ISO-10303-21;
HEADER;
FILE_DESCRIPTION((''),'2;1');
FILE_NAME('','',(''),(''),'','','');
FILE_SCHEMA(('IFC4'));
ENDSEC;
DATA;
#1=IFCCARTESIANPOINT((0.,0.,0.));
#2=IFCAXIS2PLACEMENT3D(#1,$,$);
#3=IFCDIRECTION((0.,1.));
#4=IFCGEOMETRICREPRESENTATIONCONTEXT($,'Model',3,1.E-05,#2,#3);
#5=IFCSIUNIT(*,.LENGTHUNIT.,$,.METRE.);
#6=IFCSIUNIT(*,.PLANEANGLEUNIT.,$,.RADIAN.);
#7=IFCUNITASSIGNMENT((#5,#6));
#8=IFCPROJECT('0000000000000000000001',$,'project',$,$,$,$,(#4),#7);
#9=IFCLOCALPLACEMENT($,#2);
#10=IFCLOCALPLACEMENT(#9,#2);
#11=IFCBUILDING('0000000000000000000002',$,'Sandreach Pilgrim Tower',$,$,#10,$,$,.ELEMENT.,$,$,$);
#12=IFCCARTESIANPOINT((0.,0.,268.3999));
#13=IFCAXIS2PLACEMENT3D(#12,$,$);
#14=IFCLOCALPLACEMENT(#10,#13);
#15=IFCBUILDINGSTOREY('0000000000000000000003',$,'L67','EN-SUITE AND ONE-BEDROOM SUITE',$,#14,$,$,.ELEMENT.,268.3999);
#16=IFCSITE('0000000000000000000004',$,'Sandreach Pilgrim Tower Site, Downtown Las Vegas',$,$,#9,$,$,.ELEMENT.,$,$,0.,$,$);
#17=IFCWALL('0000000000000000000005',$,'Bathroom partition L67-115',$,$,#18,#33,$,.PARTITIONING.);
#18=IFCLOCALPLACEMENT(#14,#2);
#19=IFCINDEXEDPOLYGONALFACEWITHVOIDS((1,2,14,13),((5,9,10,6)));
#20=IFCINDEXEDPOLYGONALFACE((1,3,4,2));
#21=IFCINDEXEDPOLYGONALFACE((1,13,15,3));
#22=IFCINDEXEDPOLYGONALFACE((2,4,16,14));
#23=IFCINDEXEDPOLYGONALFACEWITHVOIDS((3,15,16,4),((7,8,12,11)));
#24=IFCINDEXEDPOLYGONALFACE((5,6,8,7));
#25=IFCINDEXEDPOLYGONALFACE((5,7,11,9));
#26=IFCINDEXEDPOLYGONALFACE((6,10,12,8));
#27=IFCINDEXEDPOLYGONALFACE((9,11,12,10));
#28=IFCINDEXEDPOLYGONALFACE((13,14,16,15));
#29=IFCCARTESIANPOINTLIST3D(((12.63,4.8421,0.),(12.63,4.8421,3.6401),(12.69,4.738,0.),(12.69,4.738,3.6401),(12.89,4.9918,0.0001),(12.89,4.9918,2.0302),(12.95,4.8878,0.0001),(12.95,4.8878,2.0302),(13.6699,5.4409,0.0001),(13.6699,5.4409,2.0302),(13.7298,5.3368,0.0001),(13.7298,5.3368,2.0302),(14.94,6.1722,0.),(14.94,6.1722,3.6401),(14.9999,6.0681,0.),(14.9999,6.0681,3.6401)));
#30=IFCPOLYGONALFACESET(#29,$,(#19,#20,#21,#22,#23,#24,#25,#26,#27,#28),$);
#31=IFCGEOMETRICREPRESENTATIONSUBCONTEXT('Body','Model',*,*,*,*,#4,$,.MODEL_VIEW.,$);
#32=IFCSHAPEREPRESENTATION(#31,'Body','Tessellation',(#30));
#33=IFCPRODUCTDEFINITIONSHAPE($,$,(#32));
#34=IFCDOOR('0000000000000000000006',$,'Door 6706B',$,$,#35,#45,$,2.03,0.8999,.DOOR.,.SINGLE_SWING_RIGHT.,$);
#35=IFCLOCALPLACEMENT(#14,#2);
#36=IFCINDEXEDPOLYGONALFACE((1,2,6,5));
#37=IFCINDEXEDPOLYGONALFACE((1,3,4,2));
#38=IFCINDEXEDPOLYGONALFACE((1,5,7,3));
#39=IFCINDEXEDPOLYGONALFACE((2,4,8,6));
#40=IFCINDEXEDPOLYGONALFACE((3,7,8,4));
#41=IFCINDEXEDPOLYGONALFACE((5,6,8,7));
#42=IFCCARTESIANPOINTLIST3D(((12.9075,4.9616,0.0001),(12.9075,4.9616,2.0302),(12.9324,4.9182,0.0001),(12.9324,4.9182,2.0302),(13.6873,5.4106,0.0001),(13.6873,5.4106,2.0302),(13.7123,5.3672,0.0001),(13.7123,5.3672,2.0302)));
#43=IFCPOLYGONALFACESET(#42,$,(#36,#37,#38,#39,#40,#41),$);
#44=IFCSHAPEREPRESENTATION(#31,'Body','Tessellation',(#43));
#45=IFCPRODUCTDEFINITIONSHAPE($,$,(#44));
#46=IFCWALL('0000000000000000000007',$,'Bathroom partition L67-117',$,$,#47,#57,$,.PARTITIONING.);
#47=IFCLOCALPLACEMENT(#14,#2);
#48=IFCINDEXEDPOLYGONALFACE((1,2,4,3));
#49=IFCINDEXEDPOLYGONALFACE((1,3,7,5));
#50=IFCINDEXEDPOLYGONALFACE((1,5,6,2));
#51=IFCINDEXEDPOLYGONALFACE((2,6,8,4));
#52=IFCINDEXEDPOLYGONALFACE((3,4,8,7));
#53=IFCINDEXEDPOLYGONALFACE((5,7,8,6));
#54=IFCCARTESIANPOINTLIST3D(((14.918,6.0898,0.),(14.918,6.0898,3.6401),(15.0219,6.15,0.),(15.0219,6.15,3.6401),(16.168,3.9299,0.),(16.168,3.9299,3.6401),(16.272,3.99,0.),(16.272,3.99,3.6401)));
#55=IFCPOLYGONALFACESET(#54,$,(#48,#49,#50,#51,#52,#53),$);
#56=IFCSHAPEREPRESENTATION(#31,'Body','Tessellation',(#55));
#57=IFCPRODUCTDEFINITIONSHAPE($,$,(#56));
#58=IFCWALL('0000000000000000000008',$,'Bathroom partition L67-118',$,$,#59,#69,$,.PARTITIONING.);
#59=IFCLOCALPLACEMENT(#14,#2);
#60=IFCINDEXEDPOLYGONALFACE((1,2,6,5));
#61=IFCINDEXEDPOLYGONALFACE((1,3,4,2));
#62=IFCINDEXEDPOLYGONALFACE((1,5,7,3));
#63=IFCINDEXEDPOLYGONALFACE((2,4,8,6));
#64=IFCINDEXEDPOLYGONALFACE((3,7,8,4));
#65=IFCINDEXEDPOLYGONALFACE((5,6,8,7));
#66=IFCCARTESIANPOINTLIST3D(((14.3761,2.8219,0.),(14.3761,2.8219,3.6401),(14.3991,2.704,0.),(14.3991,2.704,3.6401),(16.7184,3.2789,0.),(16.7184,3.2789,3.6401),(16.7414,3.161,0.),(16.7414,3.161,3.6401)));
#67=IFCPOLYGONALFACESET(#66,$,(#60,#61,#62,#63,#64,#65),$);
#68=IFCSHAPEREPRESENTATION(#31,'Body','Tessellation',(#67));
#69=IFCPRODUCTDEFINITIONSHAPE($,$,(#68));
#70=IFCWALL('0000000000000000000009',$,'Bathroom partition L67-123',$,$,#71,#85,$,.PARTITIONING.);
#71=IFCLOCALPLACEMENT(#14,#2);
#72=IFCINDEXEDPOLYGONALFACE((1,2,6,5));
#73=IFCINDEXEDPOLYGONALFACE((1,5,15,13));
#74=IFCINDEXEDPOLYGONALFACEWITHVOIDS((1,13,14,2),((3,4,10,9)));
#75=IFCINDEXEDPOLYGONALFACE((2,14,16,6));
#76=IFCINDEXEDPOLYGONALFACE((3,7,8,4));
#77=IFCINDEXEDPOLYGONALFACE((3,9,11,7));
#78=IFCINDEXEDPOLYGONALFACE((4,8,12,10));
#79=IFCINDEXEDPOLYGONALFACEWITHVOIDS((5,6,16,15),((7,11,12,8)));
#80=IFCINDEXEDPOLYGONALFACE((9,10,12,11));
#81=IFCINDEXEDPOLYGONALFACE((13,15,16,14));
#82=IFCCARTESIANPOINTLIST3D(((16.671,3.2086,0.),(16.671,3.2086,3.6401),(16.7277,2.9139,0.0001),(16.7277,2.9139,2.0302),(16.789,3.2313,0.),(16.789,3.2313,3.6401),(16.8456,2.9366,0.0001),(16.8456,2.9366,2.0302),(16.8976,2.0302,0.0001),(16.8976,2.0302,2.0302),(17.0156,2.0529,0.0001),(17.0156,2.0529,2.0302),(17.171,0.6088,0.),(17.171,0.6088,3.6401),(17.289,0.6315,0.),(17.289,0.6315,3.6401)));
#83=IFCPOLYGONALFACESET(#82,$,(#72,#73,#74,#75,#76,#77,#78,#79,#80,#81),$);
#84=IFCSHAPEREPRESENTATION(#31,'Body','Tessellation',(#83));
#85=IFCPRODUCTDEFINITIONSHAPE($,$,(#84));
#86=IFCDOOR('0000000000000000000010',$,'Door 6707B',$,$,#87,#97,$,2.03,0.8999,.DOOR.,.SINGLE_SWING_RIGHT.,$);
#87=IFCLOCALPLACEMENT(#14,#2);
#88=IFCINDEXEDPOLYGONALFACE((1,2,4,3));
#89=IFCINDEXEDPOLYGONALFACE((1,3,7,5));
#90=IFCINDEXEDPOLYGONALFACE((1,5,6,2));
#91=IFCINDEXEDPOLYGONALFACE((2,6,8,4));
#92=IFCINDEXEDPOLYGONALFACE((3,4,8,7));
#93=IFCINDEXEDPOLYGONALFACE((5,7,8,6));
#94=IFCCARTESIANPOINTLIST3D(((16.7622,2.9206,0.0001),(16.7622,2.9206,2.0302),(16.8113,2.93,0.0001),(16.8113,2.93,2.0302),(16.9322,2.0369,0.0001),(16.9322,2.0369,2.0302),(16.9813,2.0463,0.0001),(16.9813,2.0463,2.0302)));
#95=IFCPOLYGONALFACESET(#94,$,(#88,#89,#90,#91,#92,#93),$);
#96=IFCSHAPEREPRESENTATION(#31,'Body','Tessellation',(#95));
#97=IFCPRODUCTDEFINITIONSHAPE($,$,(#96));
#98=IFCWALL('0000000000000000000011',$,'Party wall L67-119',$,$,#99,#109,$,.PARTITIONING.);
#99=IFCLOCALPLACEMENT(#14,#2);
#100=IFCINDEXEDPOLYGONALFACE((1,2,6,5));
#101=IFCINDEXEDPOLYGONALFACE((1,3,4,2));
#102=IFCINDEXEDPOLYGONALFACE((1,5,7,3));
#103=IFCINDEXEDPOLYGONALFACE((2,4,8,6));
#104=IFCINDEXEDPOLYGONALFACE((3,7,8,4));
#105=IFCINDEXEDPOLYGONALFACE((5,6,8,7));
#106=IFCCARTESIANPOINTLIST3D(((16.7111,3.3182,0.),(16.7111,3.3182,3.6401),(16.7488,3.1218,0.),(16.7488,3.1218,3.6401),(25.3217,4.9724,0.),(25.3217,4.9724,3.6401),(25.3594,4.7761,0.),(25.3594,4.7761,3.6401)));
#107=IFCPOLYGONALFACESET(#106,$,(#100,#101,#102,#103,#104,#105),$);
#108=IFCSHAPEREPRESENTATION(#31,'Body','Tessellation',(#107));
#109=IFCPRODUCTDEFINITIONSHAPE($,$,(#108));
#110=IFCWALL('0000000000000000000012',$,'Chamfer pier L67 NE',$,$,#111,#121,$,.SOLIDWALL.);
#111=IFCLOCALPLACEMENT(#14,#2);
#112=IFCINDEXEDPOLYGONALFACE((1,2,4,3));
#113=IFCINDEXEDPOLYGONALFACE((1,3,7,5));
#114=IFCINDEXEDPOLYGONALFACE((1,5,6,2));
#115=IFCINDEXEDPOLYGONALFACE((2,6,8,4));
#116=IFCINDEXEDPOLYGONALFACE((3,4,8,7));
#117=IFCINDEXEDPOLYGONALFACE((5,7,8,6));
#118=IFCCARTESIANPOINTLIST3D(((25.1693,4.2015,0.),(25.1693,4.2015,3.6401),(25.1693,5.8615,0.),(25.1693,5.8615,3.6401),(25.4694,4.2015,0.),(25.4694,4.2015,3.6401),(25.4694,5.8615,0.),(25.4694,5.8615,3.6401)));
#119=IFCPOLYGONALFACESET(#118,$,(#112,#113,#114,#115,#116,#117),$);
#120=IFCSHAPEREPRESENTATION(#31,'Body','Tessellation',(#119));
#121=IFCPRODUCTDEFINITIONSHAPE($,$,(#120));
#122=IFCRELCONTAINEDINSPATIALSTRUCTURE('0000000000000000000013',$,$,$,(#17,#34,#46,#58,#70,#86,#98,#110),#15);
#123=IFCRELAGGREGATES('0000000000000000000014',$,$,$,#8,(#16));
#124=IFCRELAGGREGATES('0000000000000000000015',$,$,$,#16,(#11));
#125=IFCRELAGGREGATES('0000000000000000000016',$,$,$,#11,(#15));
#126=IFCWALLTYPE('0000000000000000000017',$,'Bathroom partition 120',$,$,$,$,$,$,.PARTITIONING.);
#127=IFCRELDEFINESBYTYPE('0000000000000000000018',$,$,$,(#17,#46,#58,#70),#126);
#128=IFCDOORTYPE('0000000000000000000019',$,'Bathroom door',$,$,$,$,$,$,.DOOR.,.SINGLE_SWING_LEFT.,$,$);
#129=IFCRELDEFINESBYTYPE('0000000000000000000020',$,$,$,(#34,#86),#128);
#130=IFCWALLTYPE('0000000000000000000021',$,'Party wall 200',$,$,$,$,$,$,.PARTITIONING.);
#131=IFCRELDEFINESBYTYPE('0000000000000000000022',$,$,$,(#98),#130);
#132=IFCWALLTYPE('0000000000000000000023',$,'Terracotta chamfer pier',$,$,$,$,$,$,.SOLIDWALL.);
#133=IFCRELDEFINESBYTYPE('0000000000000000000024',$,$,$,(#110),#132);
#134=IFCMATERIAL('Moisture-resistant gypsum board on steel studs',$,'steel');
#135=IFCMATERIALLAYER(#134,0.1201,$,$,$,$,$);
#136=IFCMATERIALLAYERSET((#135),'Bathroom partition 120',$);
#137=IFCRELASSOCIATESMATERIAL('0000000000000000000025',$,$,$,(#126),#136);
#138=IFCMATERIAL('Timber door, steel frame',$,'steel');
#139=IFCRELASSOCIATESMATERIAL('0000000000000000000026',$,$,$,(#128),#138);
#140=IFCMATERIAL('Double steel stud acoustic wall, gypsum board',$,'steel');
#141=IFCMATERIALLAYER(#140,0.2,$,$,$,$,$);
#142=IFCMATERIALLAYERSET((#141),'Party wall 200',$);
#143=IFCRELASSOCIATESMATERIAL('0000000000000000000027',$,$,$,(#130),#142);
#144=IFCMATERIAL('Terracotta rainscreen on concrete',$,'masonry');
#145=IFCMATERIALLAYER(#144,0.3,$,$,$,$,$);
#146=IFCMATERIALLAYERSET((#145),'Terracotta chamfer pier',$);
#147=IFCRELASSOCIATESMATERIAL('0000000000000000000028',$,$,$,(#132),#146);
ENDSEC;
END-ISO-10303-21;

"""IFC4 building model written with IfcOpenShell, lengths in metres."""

from ifc_helpers import new_model, si_unit, direction, frame, frame_2d, origin, place, context, subcontext, project, spatial, rectangle, extrude, material, layer, layer_set, type_object, element, fill, save


model = new_model("IFC4")

# Units and contexts
model_context = context("Model", 3, precision=1e-05, world=origin(), true_north=direction((0.0, 1.0)))
body_context = subcontext(model_context, "Body", "Model", "MODEL_VIEW")
ifc_project = project(units=[si_unit("LENGTHUNIT", "METRE"), si_unit("PLANEANGLEUNIT", "RADIAN")], contexts=[model_context])

# Site, building, storey
site_placement = place(None, origin())
site = spatial("IfcSite", under=ifc_project, at=site_placement, Name="Sandreach Pilgrim Tower Site, Downtown Las Vegas", CompositionType="ELEMENT", RefElevation=0.0)
building_placement = place(site_placement, origin())
building = spatial("IfcBuilding", under=site, at=building_placement, Name="Sandreach Pilgrim Tower", CompositionType="ELEMENT")
storey_placement = place(building_placement, frame((0.0, 0.0, 268.3999)))
storey = spatial("IfcBuildingStorey", under=building, at=storey_placement, Name="L67", Description="EN-SUITE AND ONE-BEDROOM SUITE", CompositionType="ELEMENT", Elevation=268.3999)

# Shared definitions
ifc_material_1 = material(Name="Moisture-resistant gypsum board on steel studs", Category="steel")
ifc_layer_1 = layer(ifc_material_1, 0.1201)
ifc_layer_set_1 = layer_set([ifc_layer_1], Name="Bathroom partition 120")
wall_type_1 = type_object("IfcWallType", Name="Bathroom partition 120", PredefinedType="PARTITIONING", material=ifc_layer_set_1)

# Wall, opening, door
wall_1_placement = place(storey_placement, frame((14.97, 6.1201, 0.0), z_axis=(0.0, 0.0, 1.0), x_axis=(-0.866615, -0.498977, 0.0)))
wall_1 = element("IfcWall", 1, at=wall_1_placement, inside=storey, type_object=wall_type_1, Name="Bathroom partition L67-115", PredefinedType="PARTITIONING", context=body_context, shape_type="SweptSolid", body=[
    extrude(rectangle(XDim=2.6655, YDim=0.1201, at=frame_2d((1.3328, 0.0))), origin(), (0.0, 0.0, 1.0), 3.6401),
])
opening_1_placement = place(wall_1_placement, frame((1.4656, 0.0, 0.0)))
opening_1 = element("IfcOpeningElement", 2, at=opening_1_placement, cuts=wall_1, PredefinedType="OPENING", context=body_context, shape_type="SweptSolid", body=[
    extrude(rectangle(XDim=0.8999, YDim=2.03, at=frame_2d((0.45, 1.0151))), frame((0.0, 0.0601, 0.0), z_axis=(0.0, -1.0, 0.0), x_axis=(1.0, 0.0, 0.0)), (0.0, 0.0, 1.0), 0.1201),
])
ifc_material_2 = material(Name="Timber door, steel frame", Category="steel")
door_type = type_object("IfcDoorType", Name="Bathroom door", OperationType="SINGLE_SWING_LEFT", PredefinedType="DOOR", material=ifc_material_2)
door_1_placement = place(opening_1_placement, origin())
door_1 = element("IfcDoor", 3, at=door_1_placement, inside=storey, type_object=door_type, Name="Door 6706B", OperationType="SINGLE_SWING_RIGHT", OverallHeight=2.03, OverallWidth=0.8999, PredefinedType="DOOR", context=body_context, shape_type="SweptSolid", body=[
    extrude(rectangle(XDim=0.8999, YDim=2.03, at=frame_2d((0.45, 1.0151))), frame((0.0, 0.0249, 0.0), z_axis=(0.0, -1.0, 0.0), x_axis=(1.0, 0.0, 0.0)), (0.0, 0.0, 1.0), 0.05),
])
fill(opening_1, door_1)

# Walls
wall_2_placement = place(storey_placement, frame((16.22, 3.96, 0.0), z_axis=(0.0, 0.0, 1.0), x_axis=(-0.500894, 0.865509, 0.0)))
element("IfcWall", 4, at=wall_2_placement, inside=storey, type_object=wall_type_1, Name="Bathroom partition L67-117", PredefinedType="PARTITIONING", context=body_context, shape_type="SweptSolid", body=[
    extrude(rectangle(XDim=2.4956, YDim=0.1201, at=frame_2d((1.2478, 0.0))), origin(), (0.0, 0.0, 1.0), 3.6401),
])
wall_3_placement = place(storey_placement, frame((16.73, 3.22, 0.0), z_axis=(0.0, 0.0, 1.0), x_axis=(-0.981491, -0.19151, 0.0)))
element("IfcWall", 5, at=wall_3_placement, inside=storey, type_object=wall_type_1, Name="Bathroom partition L67-118", PredefinedType="PARTITIONING", context=body_context, shape_type="SweptSolid", body=[
    extrude(rectangle(XDim=2.3865, YDim=0.1201, at=frame_2d((1.1934, 0.0))), origin(), (0.0, 0.0, 1.0), 3.6401),
])

# Wall, opening, door
wall_4_placement = place(storey_placement, frame((17.23, 0.6201, 0.0), z_axis=(0.0, 0.0, 1.0), x_axis=(-0.188858, 0.982004, 0.0)))
wall_4 = element("IfcWall", 6, at=wall_4_placement, inside=storey, type_object=wall_type_1, Name="Bathroom partition L67-123", PredefinedType="PARTITIONING", context=body_context, shape_type="SweptSolid", body=[
    extrude(rectangle(XDim=2.6475, YDim=0.1201, at=frame_2d((1.3237, 0.0))), origin(), (0.0, 0.0, 1.0), 3.6401),
])
opening_2_placement = place(wall_4_placement, frame((1.4475, 0.0, 0.0)))
opening_2 = element("IfcOpeningElement", 7, at=opening_2_placement, cuts=wall_4, PredefinedType="OPENING", context=body_context, shape_type="SweptSolid", body=[
    extrude(rectangle(XDim=0.8999, YDim=2.03, at=frame_2d((0.45, 1.0151))), frame((0.0, 0.0601, 0.0), z_axis=(0.0, -1.0, 0.0), x_axis=(1.0, 0.0, 0.0)), (0.0, 0.0, 1.0), 0.1201),
])
door_2_placement = place(opening_2_placement, origin())
door_2 = element("IfcDoor", 8, at=door_2_placement, inside=storey, type_object=door_type, Name="Door 6707B", OperationType="SINGLE_SWING_RIGHT", OverallHeight=2.03, OverallWidth=0.8999, PredefinedType="DOOR", context=body_context, shape_type="SweptSolid", body=[
    extrude(rectangle(XDim=0.8999, YDim=2.03, at=frame_2d((0.45, 1.0151))), frame((0.0, 0.0249, 0.0), z_axis=(0.0, -1.0, 0.0), x_axis=(1.0, 0.0, 0.0)), (0.0, 0.0, 1.0), 0.05),
])
fill(opening_2, door_2)

# Walls
ifc_material_3 = material(Name="Double steel stud acoustic wall, gypsum board", Category="steel")
ifc_layer_2 = layer(ifc_material_3, 0.2)
ifc_layer_set_2 = layer_set([ifc_layer_2], Name="Party wall 200")
wall_type_2 = type_object("IfcWallType", Name="Party wall 200", PredefinedType="PARTITIONING", material=ifc_layer_set_2)
wall_5_placement = place(storey_placement, frame((16.73, 3.22, 0.0), z_axis=(0.0, 0.0, 1.0), x_axis=(0.98204, 0.188673, 0.0)))
element("IfcWall", 9, at=wall_5_placement, inside=storey, type_object=wall_type_2, Name="Party wall L67-119", PredefinedType="PARTITIONING", context=body_context, shape_type="SweptSolid", body=[
    extrude(rectangle(XDim=8.7681, YDim=0.2, at=frame_2d((4.384, 0.0))), origin(), (0.0, 0.0, 1.0), 3.6401),
])
ifc_material_4 = material(Name="Terracotta rainscreen on concrete", Category="masonry")
ifc_layer_3 = layer(ifc_material_4, 0.3)
ifc_layer_set_3 = layer_set([ifc_layer_3], Name="Terracotta chamfer pier")
wall_type_3 = type_object("IfcWallType", Name="Terracotta chamfer pier", PredefinedType="SOLIDWALL", material=ifc_layer_set_3)
wall_6_placement = place(storey_placement, frame((25.3193, 5.8616, 0.0), z_axis=(0.0, 0.0, 1.0), x_axis=(0.0, -1.0, 0.0)))
element("IfcWall", 10, at=wall_6_placement, inside=storey, type_object=wall_type_3, Name="Chamfer pier L67 NE", PredefinedType="SOLIDWALL", context=body_context, shape_type="SweptSolid", body=[
    extrude(rectangle(XDim=1.6599, YDim=0.3, at=frame_2d((0.8301, 0.0))), origin(), (0.0, 0.0, 1.0), 3.6401),
])

save(model, "model.ifc")
